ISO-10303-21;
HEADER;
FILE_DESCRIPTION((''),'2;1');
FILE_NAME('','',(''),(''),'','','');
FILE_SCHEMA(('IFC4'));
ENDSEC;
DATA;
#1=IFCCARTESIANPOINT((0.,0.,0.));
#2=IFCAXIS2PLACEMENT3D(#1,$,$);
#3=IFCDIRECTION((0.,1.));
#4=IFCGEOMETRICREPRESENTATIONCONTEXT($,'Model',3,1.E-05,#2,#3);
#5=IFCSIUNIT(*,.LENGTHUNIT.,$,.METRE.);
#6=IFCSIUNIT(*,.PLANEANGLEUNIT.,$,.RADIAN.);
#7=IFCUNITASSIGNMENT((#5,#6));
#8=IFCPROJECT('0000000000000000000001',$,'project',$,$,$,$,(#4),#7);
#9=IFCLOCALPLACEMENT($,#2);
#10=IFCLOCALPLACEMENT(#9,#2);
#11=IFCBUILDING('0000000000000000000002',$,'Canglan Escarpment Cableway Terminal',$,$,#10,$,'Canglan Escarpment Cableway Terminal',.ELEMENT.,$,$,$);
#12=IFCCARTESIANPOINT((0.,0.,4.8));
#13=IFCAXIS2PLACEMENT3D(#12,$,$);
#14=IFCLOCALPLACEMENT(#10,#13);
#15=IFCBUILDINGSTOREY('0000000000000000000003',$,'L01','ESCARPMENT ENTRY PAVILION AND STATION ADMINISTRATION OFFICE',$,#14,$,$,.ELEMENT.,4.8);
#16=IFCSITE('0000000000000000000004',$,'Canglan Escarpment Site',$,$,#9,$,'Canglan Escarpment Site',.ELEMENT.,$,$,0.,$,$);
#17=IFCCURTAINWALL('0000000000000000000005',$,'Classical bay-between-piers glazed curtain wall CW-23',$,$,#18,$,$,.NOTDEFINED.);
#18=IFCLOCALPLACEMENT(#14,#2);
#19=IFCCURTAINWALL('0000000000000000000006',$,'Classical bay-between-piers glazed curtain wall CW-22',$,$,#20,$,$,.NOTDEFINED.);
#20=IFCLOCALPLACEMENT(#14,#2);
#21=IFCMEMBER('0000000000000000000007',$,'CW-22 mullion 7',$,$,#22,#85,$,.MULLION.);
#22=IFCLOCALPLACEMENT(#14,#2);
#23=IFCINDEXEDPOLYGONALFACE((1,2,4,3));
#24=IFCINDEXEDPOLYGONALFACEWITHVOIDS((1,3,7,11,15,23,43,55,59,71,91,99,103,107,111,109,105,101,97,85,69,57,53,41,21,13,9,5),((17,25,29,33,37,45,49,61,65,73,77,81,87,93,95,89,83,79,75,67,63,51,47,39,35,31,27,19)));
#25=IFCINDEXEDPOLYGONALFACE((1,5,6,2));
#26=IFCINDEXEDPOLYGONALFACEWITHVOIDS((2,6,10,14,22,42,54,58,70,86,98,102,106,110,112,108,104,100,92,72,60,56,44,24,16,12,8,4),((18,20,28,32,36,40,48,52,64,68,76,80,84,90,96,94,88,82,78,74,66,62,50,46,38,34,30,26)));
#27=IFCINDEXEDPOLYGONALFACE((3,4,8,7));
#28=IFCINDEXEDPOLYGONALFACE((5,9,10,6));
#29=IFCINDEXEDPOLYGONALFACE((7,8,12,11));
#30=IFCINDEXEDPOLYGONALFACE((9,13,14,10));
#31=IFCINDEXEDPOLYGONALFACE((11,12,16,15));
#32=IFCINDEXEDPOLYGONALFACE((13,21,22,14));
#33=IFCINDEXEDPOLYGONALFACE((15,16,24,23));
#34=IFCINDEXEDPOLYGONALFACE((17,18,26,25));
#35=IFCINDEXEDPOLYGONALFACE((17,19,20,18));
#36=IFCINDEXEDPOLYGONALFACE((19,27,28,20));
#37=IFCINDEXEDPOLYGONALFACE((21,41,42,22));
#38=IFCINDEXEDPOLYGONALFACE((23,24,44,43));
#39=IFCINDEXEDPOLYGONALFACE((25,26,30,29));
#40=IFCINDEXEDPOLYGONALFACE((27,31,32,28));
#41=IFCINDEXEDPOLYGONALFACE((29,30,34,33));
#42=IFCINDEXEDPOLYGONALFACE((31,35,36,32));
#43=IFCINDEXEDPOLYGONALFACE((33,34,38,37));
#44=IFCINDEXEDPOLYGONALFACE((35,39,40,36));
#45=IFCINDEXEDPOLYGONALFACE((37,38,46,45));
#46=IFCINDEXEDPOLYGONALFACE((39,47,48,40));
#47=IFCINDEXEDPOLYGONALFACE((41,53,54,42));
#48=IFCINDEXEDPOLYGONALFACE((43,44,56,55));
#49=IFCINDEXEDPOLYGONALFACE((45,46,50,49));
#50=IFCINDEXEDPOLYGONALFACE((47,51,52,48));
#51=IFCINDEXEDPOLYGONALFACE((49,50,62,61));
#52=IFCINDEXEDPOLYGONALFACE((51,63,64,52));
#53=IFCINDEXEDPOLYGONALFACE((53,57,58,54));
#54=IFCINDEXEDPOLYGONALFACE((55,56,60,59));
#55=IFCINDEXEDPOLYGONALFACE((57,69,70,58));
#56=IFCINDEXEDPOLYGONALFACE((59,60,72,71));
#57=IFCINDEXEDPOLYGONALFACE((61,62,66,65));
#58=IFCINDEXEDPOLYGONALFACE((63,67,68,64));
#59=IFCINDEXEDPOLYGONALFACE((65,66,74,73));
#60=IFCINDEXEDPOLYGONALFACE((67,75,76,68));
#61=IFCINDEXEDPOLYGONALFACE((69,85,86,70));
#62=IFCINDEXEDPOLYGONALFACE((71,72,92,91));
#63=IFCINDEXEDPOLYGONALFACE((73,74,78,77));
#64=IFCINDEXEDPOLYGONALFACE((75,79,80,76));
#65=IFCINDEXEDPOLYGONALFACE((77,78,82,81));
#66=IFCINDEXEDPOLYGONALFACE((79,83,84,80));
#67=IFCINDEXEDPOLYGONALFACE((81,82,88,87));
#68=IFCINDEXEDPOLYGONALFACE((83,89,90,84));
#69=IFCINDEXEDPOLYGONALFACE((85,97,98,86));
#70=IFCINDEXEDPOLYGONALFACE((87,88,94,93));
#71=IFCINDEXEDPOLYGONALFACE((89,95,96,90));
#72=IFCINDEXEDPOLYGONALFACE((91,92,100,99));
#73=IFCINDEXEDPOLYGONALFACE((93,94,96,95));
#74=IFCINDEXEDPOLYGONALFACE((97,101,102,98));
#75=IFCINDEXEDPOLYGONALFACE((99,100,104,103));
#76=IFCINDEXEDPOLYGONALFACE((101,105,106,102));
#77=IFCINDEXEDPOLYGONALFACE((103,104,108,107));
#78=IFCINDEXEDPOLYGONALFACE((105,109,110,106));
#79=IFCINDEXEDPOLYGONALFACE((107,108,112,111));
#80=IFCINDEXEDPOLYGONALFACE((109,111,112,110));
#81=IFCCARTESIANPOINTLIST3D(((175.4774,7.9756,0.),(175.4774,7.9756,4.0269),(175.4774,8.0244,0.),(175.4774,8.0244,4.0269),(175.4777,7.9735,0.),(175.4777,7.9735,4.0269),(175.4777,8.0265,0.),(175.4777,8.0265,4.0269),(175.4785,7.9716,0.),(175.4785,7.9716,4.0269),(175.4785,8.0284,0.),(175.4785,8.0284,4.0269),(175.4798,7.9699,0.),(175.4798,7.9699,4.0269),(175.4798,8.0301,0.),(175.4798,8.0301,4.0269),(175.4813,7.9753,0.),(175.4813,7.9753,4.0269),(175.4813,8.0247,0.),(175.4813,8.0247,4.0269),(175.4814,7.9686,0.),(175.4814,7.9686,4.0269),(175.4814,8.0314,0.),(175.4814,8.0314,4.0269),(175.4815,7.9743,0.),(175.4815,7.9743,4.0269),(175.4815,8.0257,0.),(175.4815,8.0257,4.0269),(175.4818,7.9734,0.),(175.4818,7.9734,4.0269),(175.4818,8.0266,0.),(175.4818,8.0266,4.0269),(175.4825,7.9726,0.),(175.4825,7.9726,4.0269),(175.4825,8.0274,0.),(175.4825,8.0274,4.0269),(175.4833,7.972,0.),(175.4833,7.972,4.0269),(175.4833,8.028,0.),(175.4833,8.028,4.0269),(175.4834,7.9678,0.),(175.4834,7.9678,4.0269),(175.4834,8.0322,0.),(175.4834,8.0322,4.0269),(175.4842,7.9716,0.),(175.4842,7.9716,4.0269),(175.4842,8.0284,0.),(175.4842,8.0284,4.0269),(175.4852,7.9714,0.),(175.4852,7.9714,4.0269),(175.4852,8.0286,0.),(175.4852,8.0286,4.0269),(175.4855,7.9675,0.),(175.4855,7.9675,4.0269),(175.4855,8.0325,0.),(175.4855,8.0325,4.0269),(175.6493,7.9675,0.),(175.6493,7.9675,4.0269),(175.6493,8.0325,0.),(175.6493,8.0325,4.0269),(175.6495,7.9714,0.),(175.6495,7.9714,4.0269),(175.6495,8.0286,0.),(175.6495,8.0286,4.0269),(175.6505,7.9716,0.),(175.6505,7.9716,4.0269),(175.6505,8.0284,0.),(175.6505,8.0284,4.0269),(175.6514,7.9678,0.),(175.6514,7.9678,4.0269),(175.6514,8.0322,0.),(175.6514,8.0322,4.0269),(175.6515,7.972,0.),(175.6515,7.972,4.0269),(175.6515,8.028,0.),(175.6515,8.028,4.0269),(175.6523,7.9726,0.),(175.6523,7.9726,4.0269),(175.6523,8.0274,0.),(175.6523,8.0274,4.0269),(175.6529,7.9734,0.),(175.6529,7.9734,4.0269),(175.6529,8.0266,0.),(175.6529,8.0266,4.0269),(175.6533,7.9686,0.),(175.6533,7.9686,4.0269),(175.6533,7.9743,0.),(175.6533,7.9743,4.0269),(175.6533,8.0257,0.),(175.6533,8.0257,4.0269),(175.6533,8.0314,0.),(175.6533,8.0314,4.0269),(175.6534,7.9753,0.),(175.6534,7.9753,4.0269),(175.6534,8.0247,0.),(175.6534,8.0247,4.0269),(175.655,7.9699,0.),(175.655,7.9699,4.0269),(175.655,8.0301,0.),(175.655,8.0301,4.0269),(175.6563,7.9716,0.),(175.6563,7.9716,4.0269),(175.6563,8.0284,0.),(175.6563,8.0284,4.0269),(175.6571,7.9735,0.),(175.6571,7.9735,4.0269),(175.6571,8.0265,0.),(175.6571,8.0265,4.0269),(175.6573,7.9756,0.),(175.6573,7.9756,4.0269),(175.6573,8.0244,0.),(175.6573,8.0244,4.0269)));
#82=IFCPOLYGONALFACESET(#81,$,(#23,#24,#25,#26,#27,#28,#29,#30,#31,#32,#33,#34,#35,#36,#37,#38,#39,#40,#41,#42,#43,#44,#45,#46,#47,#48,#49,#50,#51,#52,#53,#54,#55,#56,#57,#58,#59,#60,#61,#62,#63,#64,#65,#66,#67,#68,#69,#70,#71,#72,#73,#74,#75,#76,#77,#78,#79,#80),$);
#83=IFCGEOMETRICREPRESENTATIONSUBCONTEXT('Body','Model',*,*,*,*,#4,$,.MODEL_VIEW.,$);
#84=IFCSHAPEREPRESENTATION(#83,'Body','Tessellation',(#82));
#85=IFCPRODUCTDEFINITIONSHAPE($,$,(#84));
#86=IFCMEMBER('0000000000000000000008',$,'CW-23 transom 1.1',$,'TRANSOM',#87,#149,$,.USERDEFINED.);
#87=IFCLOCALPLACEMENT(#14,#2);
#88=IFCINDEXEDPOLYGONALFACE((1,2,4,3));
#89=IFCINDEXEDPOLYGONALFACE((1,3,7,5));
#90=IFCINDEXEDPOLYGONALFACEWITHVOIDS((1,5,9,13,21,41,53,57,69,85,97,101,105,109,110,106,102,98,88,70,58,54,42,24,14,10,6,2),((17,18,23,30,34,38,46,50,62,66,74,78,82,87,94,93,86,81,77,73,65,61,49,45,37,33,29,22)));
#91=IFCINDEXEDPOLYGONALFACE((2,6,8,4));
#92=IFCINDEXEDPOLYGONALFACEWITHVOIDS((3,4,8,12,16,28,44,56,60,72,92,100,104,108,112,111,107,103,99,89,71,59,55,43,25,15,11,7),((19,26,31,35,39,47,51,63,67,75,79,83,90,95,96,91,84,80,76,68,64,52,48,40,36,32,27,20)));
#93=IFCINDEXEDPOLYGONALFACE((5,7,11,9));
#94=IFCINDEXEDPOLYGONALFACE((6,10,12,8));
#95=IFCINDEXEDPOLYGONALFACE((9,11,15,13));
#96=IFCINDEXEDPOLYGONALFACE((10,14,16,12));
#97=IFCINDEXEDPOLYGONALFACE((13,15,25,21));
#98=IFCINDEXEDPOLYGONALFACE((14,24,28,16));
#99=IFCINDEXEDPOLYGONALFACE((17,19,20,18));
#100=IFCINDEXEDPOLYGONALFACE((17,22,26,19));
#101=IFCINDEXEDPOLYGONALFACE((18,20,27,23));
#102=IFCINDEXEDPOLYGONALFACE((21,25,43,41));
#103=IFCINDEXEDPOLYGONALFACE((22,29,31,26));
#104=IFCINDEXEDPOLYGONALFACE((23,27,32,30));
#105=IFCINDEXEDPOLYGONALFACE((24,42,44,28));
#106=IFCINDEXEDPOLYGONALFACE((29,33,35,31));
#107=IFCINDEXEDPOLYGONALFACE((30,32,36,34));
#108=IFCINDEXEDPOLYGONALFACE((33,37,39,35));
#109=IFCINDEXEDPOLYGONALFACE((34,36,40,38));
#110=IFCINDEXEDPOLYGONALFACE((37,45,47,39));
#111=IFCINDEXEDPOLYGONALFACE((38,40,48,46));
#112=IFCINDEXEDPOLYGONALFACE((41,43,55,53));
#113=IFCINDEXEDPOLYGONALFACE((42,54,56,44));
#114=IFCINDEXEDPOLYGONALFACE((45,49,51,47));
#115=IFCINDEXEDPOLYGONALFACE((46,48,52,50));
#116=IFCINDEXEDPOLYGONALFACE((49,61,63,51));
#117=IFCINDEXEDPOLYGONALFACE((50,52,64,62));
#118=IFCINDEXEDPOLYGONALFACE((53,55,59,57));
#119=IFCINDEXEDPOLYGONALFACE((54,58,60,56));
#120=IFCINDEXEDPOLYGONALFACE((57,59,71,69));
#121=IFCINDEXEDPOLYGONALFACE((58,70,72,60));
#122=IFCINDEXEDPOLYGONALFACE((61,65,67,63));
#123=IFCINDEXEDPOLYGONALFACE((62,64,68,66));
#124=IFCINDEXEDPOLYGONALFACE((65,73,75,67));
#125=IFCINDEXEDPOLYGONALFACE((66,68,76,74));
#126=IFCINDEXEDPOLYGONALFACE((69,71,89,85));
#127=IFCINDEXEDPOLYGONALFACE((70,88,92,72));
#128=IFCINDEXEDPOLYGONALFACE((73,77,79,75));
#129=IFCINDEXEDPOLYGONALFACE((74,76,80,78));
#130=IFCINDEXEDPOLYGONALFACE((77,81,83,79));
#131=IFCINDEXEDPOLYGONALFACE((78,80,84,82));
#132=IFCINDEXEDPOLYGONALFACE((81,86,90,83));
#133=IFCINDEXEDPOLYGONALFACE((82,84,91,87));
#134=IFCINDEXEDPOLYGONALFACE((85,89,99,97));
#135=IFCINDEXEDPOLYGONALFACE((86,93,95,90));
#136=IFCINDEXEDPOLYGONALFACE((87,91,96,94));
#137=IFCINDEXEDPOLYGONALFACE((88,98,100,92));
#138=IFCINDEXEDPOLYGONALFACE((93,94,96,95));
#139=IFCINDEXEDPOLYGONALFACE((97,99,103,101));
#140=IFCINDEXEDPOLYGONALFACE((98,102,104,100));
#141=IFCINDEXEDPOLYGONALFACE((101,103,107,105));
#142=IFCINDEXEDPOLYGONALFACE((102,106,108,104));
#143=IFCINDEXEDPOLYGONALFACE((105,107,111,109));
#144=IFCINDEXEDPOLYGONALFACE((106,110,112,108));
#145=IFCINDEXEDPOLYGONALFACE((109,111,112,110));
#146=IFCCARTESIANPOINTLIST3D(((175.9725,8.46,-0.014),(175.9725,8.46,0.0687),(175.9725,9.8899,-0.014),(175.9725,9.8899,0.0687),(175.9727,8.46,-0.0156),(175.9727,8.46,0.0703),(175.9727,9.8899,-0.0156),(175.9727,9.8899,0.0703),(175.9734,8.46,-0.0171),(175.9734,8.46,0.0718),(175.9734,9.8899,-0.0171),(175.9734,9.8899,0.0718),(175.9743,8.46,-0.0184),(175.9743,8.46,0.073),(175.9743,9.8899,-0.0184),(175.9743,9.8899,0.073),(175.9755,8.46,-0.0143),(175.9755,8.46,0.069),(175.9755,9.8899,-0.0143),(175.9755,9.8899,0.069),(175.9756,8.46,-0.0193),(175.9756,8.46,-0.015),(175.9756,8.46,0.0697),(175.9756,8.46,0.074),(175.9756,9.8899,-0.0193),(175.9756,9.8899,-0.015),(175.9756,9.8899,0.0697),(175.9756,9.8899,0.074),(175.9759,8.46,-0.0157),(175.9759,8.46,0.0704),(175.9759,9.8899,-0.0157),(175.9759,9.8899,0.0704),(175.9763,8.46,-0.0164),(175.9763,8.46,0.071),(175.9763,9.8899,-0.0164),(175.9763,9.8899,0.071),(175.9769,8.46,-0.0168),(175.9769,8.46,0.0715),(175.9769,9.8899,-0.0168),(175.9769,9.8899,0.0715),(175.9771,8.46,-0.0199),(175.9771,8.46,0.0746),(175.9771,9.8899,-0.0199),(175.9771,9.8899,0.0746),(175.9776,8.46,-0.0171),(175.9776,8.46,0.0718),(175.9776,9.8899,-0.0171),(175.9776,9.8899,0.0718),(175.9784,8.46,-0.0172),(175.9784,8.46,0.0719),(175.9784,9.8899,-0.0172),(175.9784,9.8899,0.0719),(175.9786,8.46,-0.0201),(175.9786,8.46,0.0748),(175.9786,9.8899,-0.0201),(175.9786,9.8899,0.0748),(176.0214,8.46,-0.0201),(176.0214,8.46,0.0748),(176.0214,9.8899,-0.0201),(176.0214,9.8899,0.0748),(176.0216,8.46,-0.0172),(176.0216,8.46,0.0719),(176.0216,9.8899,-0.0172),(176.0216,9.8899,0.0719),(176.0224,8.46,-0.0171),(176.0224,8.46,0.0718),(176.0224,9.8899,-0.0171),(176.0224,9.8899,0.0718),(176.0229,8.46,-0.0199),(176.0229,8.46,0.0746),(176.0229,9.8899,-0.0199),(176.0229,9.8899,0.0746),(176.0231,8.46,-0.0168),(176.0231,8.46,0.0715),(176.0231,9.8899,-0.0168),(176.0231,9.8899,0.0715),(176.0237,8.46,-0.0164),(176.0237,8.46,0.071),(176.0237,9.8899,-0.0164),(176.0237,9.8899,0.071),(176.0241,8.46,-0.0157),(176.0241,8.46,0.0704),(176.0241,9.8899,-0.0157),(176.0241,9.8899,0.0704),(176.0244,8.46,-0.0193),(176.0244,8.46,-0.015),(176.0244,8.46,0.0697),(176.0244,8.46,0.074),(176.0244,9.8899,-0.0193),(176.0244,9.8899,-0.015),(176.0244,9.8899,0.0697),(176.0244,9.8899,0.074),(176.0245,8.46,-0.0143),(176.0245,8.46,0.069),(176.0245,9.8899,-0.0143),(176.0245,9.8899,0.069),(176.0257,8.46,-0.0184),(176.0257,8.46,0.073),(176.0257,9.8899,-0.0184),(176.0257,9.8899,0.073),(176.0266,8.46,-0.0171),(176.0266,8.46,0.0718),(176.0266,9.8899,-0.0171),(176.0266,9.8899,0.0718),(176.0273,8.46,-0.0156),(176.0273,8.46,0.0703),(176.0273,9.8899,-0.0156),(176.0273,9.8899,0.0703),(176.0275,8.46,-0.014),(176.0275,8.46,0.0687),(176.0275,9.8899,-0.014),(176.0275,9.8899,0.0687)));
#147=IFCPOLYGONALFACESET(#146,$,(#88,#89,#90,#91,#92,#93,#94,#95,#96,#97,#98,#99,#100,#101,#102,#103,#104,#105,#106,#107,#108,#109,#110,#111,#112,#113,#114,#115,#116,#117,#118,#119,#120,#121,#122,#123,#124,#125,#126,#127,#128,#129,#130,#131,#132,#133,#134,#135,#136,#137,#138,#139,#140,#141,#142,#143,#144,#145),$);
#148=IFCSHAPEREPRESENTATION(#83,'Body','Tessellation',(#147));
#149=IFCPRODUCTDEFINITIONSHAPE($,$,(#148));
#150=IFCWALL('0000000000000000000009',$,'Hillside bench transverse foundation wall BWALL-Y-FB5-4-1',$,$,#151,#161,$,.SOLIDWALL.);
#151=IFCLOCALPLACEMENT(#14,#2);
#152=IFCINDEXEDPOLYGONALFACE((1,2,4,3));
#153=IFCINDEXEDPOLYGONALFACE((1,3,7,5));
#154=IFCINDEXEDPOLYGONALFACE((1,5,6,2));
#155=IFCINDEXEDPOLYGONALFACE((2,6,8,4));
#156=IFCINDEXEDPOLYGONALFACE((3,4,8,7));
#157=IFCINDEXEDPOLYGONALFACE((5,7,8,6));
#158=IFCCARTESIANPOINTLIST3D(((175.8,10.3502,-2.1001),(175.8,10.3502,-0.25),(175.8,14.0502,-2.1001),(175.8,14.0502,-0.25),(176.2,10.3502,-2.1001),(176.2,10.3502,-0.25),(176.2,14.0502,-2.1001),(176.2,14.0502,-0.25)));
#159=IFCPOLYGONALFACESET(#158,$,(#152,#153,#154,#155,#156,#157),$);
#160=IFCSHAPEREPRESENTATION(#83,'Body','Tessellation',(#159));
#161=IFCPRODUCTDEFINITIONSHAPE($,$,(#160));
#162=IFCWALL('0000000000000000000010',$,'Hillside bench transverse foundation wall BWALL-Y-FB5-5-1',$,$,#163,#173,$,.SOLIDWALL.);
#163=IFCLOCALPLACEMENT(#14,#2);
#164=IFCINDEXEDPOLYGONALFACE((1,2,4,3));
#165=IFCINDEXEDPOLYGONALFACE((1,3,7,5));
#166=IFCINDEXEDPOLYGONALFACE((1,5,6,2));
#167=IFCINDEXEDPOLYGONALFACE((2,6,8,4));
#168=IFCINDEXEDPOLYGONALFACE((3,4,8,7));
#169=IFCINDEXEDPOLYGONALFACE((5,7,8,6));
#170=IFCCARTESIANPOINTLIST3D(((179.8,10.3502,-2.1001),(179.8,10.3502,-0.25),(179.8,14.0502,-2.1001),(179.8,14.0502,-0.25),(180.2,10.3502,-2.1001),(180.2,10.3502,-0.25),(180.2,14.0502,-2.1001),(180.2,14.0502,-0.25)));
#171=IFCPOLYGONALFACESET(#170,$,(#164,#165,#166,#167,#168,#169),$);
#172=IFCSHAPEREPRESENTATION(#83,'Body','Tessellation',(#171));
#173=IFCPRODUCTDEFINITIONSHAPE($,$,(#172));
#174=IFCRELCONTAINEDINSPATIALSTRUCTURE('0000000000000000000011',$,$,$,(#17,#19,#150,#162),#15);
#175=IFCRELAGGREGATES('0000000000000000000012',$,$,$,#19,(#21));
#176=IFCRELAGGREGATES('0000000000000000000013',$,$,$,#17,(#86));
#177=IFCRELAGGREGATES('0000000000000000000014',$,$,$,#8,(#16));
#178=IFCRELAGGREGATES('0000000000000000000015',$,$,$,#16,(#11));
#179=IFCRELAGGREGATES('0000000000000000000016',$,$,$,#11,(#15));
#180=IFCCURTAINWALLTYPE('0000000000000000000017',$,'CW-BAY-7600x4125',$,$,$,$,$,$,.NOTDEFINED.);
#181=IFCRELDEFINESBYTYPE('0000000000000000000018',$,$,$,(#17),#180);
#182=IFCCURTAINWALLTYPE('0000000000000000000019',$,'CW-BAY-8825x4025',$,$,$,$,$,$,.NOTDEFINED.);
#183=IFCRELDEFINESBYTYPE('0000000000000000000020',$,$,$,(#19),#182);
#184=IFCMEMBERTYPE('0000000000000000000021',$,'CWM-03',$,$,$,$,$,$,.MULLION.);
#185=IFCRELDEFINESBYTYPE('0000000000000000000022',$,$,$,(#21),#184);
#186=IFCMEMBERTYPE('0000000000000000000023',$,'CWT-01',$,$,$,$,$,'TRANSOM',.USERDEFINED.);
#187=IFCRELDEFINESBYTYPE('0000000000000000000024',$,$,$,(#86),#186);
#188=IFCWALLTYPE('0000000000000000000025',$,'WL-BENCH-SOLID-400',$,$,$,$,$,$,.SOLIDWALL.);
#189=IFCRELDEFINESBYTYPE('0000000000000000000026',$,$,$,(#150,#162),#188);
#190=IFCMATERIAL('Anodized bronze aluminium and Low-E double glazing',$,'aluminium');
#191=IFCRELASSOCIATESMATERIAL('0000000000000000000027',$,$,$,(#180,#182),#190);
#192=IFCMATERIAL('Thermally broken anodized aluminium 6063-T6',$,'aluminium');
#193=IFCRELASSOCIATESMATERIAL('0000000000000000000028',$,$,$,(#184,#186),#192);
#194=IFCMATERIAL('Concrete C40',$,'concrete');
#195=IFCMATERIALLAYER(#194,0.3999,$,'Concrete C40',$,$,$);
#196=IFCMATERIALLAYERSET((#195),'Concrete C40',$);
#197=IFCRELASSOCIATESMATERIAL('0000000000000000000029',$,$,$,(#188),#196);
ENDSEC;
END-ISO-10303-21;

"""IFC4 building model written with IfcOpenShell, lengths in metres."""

from ifc_helpers import new_model, si_unit, direction, frame, frame_2d, origin, origin_2d, place, context, subcontext, project, spatial, rectangle, hollow_rectangle, extrude, material, layer, layer_set, material_profile, profile_set, type_object, element, aggregate, save


model = new_model("IFC4")

# Units and contexts
model_context = context("Model", 3, precision=1e-05, world=origin(), true_north=direction((0.0, 1.0)))
body_context = subcontext(model_context, "Body", "Model", "MODEL_VIEW")
ifc_project = project(units=[si_unit("LENGTHUNIT", "METRE"), si_unit("PLANEANGLEUNIT", "RADIAN")], contexts=[model_context])

# Site, building, storey
site_placement = place(None, origin())
site = spatial("IfcSite", under=ifc_project, at=site_placement, Name="Canglan Escarpment Site", LongName="Canglan Escarpment Site", CompositionType="ELEMENT", RefElevation=0.0)
building_placement = place(site_placement, origin())
building = spatial("IfcBuilding", under=site, at=building_placement, Name="Canglan Escarpment Cableway Terminal", LongName="Canglan Escarpment Cableway Terminal", CompositionType="ELEMENT")
storey_placement = place(building_placement, frame((0.0, 0.0, 4.8)))
storey = spatial("IfcBuildingStorey", under=building, at=storey_placement, Name="L01", Description="ESCARPMENT ENTRY PAVILION AND STATION ADMINISTRATION OFFICE", CompositionType="ELEMENT", Elevation=4.8)

# Shared definitions
ifc_material_1 = material(Name="Concrete C40", Category="concrete")

# Curtain wall
ifc_material_2 = material(Name="Anodized bronze aluminium and Low-E double glazing", Category="aluminium")
curtain_wall_type_1 = type_object("IfcCurtainWallType", Name="CW-BAY-7600x4125", PredefinedType="NOTDEFINED", material=ifc_material_2)
curtain_wall_1_placement = place(storey_placement, origin())
curtain_wall_1 = element("IfcCurtainWall", 1, at=curtain_wall_1_placement, inside=storey, type_object=curtain_wall_type_1, Name="Classical bay-between-piers glazed curtain wall CW-23", PredefinedType="NOTDEFINED")
ifc_material_3 = material(Name="Thermally broken anodized aluminium 6063-T6", Category="aluminium")

# Curtain wall, member
curtain_wall_type_2 = type_object("IfcCurtainWallType", Name="CW-BAY-8825x4025", PredefinedType="NOTDEFINED", material=ifc_material_2)
curtain_wall_2_placement = place(storey_placement, origin())
curtain_wall_2 = element("IfcCurtainWall", 2, at=curtain_wall_2_placement, inside=storey, type_object=curtain_wall_type_2, Name="Classical bay-between-piers glazed curtain wall CW-22", PredefinedType="NOTDEFINED")
ifc_material_profile_1 = material_profile(ifc_material_3, hollow_rectangle(XDim=0.0649, YDim=0.1799, WallThickness=0.0039, InnerFilletRadius=0.0039, OuterFilletRadius=0.0081, at=origin_2d()), Name="ALU-MULL 65x180x4")
ifc_profile_set_1 = profile_set([ifc_material_profile_1], Name="Thermally broken anodized aluminium 6063-T6")
member_type_1 = type_object("IfcMemberType", Name="CWM-03", PredefinedType="MULLION", material=ifc_profile_set_1)
member_1_placement = place(storey_placement, frame((175.5674, 8.0, 0.0), z_axis=(0.0, 0.0, 1.0), x_axis=(0.0, 1.0, 0.0)))
member_1 = element("IfcMember", 3, at=member_1_placement, type_object=member_type_1, Name="CW-22 mullion 7", PredefinedType="MULLION", context=body_context, shape_type="SweptSolid", body=[
    extrude(hollow_rectangle(XDim=0.0649, YDim=0.1799, WallThickness=0.0039, InnerFilletRadius=0.0039, OuterFilletRadius=0.0081, at=origin_2d()), origin(), (0.0, 0.0, 1.0), 4.0269),
])
aggregate(curtain_wall_2, [member_1])

# Member
ifc_material_profile_2 = material_profile(ifc_material_3, hollow_rectangle(XDim=0.0549, YDim=0.095, WallThickness=0.0029, InnerFilletRadius=0.0029, OuterFilletRadius=0.0061, at=origin_2d()), Name="ALU-TRAN 55x95x3")
ifc_profile_set_2 = profile_set([ifc_material_profile_2], Name="Thermally broken anodized aluminium 6063-T6")
member_type_2 = type_object("IfcMemberType", Name="CWT-01", ElementType="TRANSOM", PredefinedType="USERDEFINED", material=ifc_profile_set_2)
member_2_placement = place(storey_placement, frame((176.0, 8.46, 0.0273), z_axis=(0.0, 1.0, 0.0), x_axis=(-1.0, 0.0, 0.0)))
member_2 = element("IfcMember", 4, at=member_2_placement, type_object=member_type_2, Name="CW-23 transom 1.1", ObjectType="TRANSOM", PredefinedType="USERDEFINED", context=body_context, shape_type="SweptSolid", body=[
    extrude(hollow_rectangle(XDim=0.0549, YDim=0.095, WallThickness=0.0029, InnerFilletRadius=0.0029, OuterFilletRadius=0.0061, at=origin_2d()), origin(), (0.0, 0.0, 1.0), 1.4299),
])
aggregate(curtain_wall_1, [member_2])

# Walls
ifc_layer = layer(ifc_material_1, 0.3999, Name="Concrete C40")
ifc_layer_set = layer_set([ifc_layer], Name="Concrete C40")
wall_type = type_object("IfcWallType", Name="WL-BENCH-SOLID-400", PredefinedType="SOLIDWALL", material=ifc_layer_set)
for number, where, z_axis, x_axis, name in (
    (5, (176.0, 10.3501, -2.1001), (0.0, 0.0, 1.0), (0.0, 1.0, 0.0), "Hillside bench transverse foundation wall BWALL-Y-FB5-4-1"),
    (6, (180.0, 10.3501, -2.1001), (0.0, 0.0, 1.0), (0.0, 1.0, 0.0), "Hillside bench transverse foundation wall BWALL-Y-FB5-5-1"),
):
    element("IfcWall", number, at=place(storey_placement, frame(where, z_axis=z_axis, x_axis=x_axis)), inside=storey, type_object=wall_type, Name=name, PredefinedType="SOLIDWALL", context=body_context, shape_type="SweptSolid", body=[
        extrude(rectangle(XDim=3.7, YDim=0.3999, at=frame_2d((1.8501, 0.0))), origin(), (0.0, 0.0, 1.0), 1.8501),
    ])

save(model, "model.ifc")
